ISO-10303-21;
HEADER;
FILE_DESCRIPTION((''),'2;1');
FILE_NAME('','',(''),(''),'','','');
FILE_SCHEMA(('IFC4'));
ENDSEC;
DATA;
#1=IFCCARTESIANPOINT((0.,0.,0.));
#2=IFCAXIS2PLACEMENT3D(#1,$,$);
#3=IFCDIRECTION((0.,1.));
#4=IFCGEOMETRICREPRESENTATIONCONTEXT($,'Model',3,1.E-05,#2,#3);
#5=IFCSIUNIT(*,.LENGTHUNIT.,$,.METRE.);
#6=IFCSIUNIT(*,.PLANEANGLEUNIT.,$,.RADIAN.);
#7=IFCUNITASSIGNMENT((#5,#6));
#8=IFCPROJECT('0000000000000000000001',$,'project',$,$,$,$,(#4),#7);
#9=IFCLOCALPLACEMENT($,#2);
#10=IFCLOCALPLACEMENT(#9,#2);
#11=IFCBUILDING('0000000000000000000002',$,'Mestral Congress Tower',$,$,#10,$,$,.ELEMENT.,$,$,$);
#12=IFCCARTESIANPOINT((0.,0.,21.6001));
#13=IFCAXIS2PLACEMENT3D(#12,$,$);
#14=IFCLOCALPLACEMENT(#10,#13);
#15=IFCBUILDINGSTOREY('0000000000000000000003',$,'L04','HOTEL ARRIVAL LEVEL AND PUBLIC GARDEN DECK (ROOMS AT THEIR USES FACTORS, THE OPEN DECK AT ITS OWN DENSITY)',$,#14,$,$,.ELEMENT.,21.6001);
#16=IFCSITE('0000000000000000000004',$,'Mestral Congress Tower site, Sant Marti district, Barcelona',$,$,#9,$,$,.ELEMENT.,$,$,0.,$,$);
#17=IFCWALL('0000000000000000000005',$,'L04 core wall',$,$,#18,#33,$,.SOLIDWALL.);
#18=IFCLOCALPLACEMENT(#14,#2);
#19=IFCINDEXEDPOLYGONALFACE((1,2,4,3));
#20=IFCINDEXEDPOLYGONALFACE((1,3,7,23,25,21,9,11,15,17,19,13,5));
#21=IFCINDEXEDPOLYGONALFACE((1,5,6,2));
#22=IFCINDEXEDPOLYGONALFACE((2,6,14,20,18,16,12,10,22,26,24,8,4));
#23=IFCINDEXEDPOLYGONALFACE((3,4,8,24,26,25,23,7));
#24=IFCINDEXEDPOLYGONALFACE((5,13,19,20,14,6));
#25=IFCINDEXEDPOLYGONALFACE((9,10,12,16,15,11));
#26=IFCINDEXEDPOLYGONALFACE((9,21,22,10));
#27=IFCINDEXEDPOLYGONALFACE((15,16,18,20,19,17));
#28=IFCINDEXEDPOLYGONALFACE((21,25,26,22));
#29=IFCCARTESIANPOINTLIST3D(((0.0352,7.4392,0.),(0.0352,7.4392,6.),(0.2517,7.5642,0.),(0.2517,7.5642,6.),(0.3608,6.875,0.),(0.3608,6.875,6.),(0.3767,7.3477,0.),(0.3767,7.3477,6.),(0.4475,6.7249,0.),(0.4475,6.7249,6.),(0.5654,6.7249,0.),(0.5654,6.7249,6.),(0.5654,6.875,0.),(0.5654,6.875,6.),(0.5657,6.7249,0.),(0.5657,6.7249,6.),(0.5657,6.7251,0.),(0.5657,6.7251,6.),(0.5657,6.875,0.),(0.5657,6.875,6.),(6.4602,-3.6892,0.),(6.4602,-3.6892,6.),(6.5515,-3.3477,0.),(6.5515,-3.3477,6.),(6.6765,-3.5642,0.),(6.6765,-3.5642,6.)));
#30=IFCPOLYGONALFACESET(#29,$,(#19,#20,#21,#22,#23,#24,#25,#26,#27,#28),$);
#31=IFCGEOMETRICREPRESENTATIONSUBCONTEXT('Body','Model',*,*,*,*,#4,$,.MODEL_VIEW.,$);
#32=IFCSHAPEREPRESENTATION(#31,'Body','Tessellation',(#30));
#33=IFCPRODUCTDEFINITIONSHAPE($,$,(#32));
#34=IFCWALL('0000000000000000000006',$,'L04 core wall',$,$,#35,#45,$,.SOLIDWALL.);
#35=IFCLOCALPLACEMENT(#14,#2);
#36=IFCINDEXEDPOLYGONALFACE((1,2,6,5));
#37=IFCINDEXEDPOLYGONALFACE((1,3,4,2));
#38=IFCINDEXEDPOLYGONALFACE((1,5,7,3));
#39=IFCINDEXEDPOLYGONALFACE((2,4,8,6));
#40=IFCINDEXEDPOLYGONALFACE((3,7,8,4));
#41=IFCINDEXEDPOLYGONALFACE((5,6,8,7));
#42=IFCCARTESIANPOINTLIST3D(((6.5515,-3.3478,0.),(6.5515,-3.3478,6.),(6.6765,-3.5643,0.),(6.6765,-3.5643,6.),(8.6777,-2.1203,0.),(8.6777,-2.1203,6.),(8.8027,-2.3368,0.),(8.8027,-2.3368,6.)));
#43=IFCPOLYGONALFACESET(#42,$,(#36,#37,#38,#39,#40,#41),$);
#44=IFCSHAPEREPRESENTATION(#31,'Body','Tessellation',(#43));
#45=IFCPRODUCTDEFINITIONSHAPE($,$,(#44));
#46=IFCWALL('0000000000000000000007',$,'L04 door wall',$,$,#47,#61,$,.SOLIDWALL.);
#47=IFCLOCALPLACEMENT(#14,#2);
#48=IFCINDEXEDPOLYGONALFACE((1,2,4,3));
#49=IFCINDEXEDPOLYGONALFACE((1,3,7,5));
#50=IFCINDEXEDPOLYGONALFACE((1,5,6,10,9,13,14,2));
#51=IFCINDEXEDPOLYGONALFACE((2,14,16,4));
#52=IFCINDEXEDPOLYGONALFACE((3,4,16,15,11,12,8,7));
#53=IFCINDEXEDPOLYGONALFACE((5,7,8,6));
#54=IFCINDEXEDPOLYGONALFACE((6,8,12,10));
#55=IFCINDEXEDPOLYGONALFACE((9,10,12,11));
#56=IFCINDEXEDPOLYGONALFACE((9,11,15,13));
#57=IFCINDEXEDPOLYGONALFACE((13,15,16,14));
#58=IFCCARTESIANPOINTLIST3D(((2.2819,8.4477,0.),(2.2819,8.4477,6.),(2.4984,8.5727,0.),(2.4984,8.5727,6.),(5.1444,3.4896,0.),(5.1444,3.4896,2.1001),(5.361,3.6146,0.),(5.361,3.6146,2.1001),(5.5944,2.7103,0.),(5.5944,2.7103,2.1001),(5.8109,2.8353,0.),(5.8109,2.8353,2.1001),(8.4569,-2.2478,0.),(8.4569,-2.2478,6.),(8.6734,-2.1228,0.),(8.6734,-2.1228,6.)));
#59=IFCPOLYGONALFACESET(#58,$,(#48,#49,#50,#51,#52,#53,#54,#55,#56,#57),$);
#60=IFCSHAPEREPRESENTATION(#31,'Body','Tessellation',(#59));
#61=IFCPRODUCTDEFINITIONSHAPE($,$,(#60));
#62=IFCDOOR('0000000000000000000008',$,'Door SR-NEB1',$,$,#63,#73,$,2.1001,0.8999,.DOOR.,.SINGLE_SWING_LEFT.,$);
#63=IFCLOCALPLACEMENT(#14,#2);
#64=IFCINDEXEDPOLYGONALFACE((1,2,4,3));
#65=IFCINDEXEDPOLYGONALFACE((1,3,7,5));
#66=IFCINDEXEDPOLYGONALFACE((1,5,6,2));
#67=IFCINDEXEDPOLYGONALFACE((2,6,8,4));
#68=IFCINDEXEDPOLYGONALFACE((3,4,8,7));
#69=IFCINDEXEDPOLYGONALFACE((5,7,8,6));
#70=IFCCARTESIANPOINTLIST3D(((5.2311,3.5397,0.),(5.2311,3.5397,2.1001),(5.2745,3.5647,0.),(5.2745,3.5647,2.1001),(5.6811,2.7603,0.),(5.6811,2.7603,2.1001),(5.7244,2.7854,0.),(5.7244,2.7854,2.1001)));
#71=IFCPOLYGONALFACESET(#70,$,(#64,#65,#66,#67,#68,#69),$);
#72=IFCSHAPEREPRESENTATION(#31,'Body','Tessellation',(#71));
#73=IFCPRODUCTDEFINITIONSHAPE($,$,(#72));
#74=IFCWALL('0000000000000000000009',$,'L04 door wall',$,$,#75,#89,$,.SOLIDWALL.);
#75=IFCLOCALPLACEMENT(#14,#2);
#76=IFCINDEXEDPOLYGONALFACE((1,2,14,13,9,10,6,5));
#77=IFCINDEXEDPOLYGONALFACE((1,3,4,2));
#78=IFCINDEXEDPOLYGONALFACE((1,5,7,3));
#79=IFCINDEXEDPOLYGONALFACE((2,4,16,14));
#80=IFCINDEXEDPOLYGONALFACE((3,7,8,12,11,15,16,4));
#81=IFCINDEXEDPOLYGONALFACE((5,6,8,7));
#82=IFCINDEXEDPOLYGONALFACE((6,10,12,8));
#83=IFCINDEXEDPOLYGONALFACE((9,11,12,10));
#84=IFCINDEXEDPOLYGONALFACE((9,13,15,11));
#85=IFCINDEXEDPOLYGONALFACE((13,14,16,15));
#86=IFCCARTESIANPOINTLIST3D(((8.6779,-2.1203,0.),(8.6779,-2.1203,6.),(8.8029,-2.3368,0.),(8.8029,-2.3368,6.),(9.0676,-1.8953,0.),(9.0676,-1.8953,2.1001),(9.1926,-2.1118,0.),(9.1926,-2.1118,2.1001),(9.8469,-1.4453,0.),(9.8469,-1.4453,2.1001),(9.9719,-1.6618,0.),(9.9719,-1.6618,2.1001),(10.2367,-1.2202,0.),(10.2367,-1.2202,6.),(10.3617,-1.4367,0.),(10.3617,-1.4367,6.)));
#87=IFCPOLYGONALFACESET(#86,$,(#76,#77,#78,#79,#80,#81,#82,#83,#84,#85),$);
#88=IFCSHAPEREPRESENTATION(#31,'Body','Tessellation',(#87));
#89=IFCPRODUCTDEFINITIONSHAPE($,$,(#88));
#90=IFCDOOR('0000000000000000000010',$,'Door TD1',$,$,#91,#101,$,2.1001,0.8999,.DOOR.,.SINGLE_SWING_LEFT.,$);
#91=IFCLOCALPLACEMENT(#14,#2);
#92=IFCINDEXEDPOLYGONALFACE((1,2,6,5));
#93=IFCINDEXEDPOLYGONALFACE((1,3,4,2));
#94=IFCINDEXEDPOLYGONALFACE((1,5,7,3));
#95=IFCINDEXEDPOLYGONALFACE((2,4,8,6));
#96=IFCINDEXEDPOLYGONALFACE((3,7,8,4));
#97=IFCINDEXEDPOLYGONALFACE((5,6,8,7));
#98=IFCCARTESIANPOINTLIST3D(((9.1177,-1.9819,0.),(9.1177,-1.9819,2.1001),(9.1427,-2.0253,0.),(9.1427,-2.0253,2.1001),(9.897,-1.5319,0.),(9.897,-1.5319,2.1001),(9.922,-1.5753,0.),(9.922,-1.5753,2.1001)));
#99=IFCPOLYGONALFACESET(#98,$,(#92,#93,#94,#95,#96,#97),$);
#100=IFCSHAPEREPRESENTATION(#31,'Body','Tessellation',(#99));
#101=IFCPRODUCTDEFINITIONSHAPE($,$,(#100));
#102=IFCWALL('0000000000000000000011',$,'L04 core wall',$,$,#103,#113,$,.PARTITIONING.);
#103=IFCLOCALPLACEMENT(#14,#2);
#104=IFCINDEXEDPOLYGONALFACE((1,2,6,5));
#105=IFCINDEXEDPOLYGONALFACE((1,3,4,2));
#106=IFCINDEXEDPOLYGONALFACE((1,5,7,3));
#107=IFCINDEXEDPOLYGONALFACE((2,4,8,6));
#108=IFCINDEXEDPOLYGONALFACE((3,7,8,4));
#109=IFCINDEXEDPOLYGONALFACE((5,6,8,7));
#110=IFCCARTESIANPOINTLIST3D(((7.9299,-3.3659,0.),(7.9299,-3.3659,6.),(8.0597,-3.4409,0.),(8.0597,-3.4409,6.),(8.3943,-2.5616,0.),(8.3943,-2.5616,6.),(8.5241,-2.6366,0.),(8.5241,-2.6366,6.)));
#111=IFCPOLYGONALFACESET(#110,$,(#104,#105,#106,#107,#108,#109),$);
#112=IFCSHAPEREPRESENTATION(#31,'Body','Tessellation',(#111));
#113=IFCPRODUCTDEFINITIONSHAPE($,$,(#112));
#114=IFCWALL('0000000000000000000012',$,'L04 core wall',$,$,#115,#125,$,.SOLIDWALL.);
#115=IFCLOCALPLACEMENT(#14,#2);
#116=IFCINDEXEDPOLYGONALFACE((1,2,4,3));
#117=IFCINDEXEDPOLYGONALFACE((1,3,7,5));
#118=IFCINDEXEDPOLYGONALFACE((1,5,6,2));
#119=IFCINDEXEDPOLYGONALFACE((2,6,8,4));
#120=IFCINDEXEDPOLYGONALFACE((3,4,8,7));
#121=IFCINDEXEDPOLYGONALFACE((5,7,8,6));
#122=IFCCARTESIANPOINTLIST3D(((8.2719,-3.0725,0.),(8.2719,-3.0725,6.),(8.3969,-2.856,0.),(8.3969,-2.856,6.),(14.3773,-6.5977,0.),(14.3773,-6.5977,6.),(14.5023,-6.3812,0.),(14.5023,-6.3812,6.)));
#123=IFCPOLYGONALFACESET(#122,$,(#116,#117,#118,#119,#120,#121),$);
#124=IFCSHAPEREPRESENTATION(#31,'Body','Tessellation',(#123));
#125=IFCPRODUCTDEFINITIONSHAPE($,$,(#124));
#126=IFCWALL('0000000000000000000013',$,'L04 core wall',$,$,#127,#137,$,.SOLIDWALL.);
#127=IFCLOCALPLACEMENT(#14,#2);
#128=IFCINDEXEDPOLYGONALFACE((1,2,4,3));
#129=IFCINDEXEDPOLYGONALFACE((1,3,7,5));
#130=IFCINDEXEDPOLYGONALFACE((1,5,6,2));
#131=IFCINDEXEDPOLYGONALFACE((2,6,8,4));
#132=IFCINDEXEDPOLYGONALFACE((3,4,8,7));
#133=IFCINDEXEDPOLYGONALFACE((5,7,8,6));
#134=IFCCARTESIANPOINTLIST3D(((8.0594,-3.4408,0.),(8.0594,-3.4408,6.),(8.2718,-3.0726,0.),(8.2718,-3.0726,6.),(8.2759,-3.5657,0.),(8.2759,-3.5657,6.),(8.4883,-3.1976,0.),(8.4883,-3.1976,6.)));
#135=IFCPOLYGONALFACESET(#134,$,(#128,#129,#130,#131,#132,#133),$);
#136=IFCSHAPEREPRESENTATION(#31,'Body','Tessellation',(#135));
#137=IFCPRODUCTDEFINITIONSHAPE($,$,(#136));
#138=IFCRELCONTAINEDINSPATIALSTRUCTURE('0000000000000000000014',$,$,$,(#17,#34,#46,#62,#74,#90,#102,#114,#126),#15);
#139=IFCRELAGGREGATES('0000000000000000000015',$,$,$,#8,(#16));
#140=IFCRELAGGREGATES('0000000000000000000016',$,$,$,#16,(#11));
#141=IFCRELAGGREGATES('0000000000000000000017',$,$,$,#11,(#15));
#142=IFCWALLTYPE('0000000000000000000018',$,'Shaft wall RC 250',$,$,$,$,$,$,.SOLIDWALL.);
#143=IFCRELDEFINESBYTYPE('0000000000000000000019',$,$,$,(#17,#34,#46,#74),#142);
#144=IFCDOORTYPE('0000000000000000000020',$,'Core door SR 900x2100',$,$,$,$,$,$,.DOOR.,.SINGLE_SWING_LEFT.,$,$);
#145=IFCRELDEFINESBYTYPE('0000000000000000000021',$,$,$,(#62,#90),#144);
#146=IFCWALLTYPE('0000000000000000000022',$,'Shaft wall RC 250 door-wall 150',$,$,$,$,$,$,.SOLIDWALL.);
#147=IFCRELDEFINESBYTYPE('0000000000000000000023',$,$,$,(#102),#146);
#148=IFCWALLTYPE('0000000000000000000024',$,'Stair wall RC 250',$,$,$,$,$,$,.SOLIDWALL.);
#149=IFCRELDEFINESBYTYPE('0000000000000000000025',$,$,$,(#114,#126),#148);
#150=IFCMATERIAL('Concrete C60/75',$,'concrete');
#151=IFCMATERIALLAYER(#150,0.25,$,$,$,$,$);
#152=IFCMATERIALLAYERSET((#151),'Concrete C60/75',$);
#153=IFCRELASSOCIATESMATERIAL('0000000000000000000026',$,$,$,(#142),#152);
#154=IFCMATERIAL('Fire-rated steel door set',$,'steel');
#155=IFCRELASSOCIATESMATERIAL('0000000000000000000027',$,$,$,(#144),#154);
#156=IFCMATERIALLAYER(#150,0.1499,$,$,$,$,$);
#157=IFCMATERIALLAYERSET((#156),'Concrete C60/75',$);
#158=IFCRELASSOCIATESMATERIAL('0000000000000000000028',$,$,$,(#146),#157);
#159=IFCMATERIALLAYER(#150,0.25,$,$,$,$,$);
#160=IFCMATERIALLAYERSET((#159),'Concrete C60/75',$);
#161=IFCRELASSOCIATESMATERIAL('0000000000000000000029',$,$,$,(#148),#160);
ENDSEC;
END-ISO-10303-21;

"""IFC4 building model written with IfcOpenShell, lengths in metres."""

from ifc_helpers import new_model, si_unit, direction, frame, frame_2d, origin, place, context, subcontext, project, spatial, polyline, rectangle, outline, extrude, material, layer, layer_set, type_object, element, fill, save


model = new_model("IFC4")

# Units and contexts
model_context = context("Model", 3, precision=1e-05, world=origin(), true_north=direction((0.0, 1.0)))
body_context = subcontext(model_context, "Body", "Model", "MODEL_VIEW")
ifc_project = project(units=[si_unit("LENGTHUNIT", "METRE"), si_unit("PLANEANGLEUNIT", "RADIAN")], contexts=[model_context])

# Site, building, storey
site_placement = place(None, origin())
site = spatial("IfcSite", under=ifc_project, at=site_placement, Name="Mestral Congress Tower site, Sant Marti district, Barcelona", CompositionType="ELEMENT", RefElevation=0.0)
building_placement = place(site_placement, origin())
building = spatial("IfcBuilding", under=site, at=building_placement, Name="Mestral Congress Tower", CompositionType="ELEMENT")
storey_placement = place(building_placement, frame((0.0, 0.0, 21.6001)))
storey = spatial("IfcBuildingStorey", under=building, at=storey_placement, Name="L04", Description="HOTEL ARRIVAL LEVEL AND PUBLIC GARDEN DECK (ROOMS AT THEIR USES FACTORS, THE OPEN DECK AT ITS OWN DENSITY)", CompositionType="ELEMENT", Elevation=21.6001)

# Shared definitions
ifc_material_1 = material(Name="Concrete C60/75", Category="concrete")

# Shared definitions
placement_1 = place(storey_placement, origin())

# Walls
ifc_layer_1 = layer(ifc_material_1, 0.25)
ifc_layer_set_1 = layer_set([ifc_layer_1], Name="Concrete C60/75")
wall_type_1 = type_object("IfcWallType", Name="Shaft wall RC 250", PredefinedType="SOLIDWALL", material=ifc_layer_set_1)
element("IfcWall", 1, at=placement_1, inside=storey, type_object=wall_type_1, Name="L04 core wall", PredefinedType="SOLIDWALL", context=body_context, shape_type="SweptSolid", body=[
    extrude(outline(polyline([(0.5657, 6.7251), (0.5657, 6.875), (0.5657, 6.875), (0.5654, 6.875), (0.3608, 6.875), (0.0352, 7.4392), (0.2517, 7.5642), (0.3767, 7.3477), (6.5515, -3.3477), (6.6765, -3.5642), (6.4602, -3.6892), (0.4475, 6.7249), (0.5654, 6.7249), (0.5657, 6.7249), (0.5657, 6.7251)])), origin(), (0.0, 0.0, 1.0), 6.0),
])
wall_1_placement = place(storey_placement, frame((6.614, -3.4561, 0.0), z_axis=(0.0, 0.0, 1.0), x_axis=(0.866032, 0.499989, 0.0)))
element("IfcWall", 2, at=wall_1_placement, inside=storey, type_object=wall_type_1, Name="L04 core wall", PredefinedType="SOLIDWALL", context=body_context, shape_type="SweptSolid", body=[
    extrude(rectangle(XDim=2.4551, YDim=0.25, at=frame_2d((1.2275, 0.0))), origin(), (0.0, 0.0, 1.0), 6.0),
])

# Walls, openings, doors
wall_2_placement = place(storey_placement, frame((8.5652, -2.1853, 0.0), z_axis=(0.0, 0.0, 1.0), x_axis=(-0.499998, 0.866027, 0.0)))
wall_2 = element("IfcWall", 3, at=wall_2_placement, inside=storey, type_object=wall_type_1, Name="L04 door wall", PredefinedType="SOLIDWALL", context=body_context, shape_type="SweptSolid", body=[
    extrude(rectangle(XDim=12.3501, YDim=0.25, at=frame_2d((6.175, 0.0))), origin(), (0.0, 0.0, 1.0), 6.0),
])
opening_1_placement = place(wall_2_placement, frame((5.7251, 0.0, 0.0)))
opening_1 = element("IfcOpeningElement", 4, at=opening_1_placement, cuts=wall_2, PredefinedType="OPENING", context=body_context, shape_type="SweptSolid", body=[
    extrude(rectangle(XDim=0.8999, YDim=2.1001, at=frame_2d((0.45, 1.05))), frame((0.0, 0.135, 0.0), z_axis=(0.0, -1.0, 0.0), x_axis=(1.0, 0.0, 0.0)), (0.0, 0.0, 1.0), 0.27),
])
ifc_material_2 = material(Name="Fire-rated steel door set", Category="steel")
door_type = type_object("IfcDoorType", Name="Core door SR 900x2100", OperationType="SINGLE_SWING_LEFT", PredefinedType="DOOR", material=ifc_material_2)
door_1_placement = place(opening_1_placement, origin())
door_1 = element("IfcDoor", 5, at=door_1_placement, inside=storey, type_object=door_type, Name="Door SR-NEB1", OperationType="SINGLE_SWING_LEFT", OverallHeight=2.1001, OverallWidth=0.8999, PredefinedType="DOOR", context=body_context, shape_type="SweptSolid", body=[
    extrude(rectangle(XDim=0.8999, YDim=2.1001, at=frame_2d((0.45, 1.05))), frame((0.0, 0.0249, 0.0), z_axis=(0.0, -1.0, 0.0), x_axis=(1.0, 0.0, 0.0)), (0.0, 0.0, 1.0), 0.05),
])
fill(opening_1, door_1)
wall_3_placement = place(storey_placement, frame((8.7405, -2.2285, 0.0), z_axis=(0.0, 0.0, 1.0), x_axis=(0.865989, 0.500063, 0.0)))
wall_3 = element("IfcWall", 6, at=wall_3_placement, inside=storey, type_object=wall_type_1, Name="L04 door wall", PredefinedType="SOLIDWALL", context=body_context, shape_type="SweptSolid", body=[
    extrude(rectangle(XDim=1.8, YDim=0.25, at=frame_2d((0.8999, 0.0))), origin(), (0.0, 0.0, 1.0), 6.0),
])
opening_2_placement = place(wall_3_placement, frame((0.45, 0.0, 0.0)))
opening_2 = element("IfcOpeningElement", 7, at=opening_2_placement, cuts=wall_3, PredefinedType="OPENING", context=body_context, shape_type="SweptSolid", body=[
    extrude(rectangle(XDim=0.8999, YDim=2.1001, at=frame_2d((0.45, 1.05))), frame((0.0, 0.135, 0.0), z_axis=(0.0, -1.0, 0.0), x_axis=(1.0, 0.0, 0.0)), (0.0, 0.0, 1.0), 0.27),
])
door_2_placement = place(opening_2_placement, origin())
door_2 = element("IfcDoor", 8, at=door_2_placement, inside=storey, type_object=door_type, Name="Door TD1", OperationType="SINGLE_SWING_LEFT", OverallHeight=2.1001, OverallWidth=0.8999, PredefinedType="DOOR", context=body_context, shape_type="SweptSolid", body=[
    extrude(rectangle(XDim=0.8999, YDim=2.1001, at=frame_2d((0.45, 1.05))), frame((0.0, 0.0249, 0.0), z_axis=(0.0, -1.0, 0.0), x_axis=(1.0, 0.0, 0.0)), (0.0, 0.0, 1.0), 0.05),
])
fill(opening_2, door_2)

# Walls
ifc_layer_2 = layer(ifc_material_1, 0.1499)
ifc_layer_set_2 = layer_set([ifc_layer_2], Name="Concrete C60/75")
wall_type_2 = type_object("IfcWallType", Name="Shaft wall RC 250 door-wall 150", PredefinedType="SOLIDWALL", material=ifc_layer_set_2)
wall_4_placement = place(storey_placement, frame((8.4592, -2.5991, 0.0), z_axis=(0.0, 0.0, 1.0), x_axis=(-0.500041, -0.866002, 0.0)))
element("IfcWall", 9, at=wall_4_placement, inside=storey, type_object=wall_type_2, Name="L04 core wall", PredefinedType="PARTITIONING", context=body_context, shape_type="SweptSolid", body=[
    extrude(rectangle(XDim=0.9287, YDim=0.1499, at=frame_2d((0.4644, 0.0))), origin(), (0.0, 0.0, 1.0), 6.0),
])
ifc_layer_3 = layer(ifc_material_1, 0.25)
ifc_layer_set_3 = layer_set([ifc_layer_3], Name="Concrete C60/75")
wall_type_3 = type_object("IfcWallType", Name="Stair wall RC 250", PredefinedType="SOLIDWALL", material=ifc_layer_set_3)
wall_5_placement = place(storey_placement, frame((8.3345, -2.9644, 0.0), z_axis=(0.0, 0.0, 1.0), x_axis=(0.866016, -0.500016, 0.0)))
element("IfcWall", 10, at=wall_5_placement, inside=storey, type_object=wall_type_3, Name="L04 core wall", PredefinedType="SOLIDWALL", context=body_context, shape_type="SweptSolid", body=[
    extrude(rectangle(XDim=7.05, YDim=0.25, at=frame_2d((3.5249, 0.0))), origin(), (0.0, 0.0, 1.0), 6.0),
])
wall_6_placement = place(storey_placement, frame((8.1677, -3.5032, 0.0), z_axis=(0.0, 0.0, 1.0), x_axis=(0.499722, 0.866186, 0.0)))
element("IfcWall", 11, at=wall_6_placement, inside=storey, type_object=wall_type_3, Name="L04 core wall", PredefinedType="SOLIDWALL", context=body_context, shape_type="SweptSolid", body=[
    extrude(rectangle(XDim=0.425, YDim=0.25, at=frame_2d((0.2124, 0.0))), origin(), (0.0, 0.0, 1.0), 6.0),
])

save(model, "model.ifc")
